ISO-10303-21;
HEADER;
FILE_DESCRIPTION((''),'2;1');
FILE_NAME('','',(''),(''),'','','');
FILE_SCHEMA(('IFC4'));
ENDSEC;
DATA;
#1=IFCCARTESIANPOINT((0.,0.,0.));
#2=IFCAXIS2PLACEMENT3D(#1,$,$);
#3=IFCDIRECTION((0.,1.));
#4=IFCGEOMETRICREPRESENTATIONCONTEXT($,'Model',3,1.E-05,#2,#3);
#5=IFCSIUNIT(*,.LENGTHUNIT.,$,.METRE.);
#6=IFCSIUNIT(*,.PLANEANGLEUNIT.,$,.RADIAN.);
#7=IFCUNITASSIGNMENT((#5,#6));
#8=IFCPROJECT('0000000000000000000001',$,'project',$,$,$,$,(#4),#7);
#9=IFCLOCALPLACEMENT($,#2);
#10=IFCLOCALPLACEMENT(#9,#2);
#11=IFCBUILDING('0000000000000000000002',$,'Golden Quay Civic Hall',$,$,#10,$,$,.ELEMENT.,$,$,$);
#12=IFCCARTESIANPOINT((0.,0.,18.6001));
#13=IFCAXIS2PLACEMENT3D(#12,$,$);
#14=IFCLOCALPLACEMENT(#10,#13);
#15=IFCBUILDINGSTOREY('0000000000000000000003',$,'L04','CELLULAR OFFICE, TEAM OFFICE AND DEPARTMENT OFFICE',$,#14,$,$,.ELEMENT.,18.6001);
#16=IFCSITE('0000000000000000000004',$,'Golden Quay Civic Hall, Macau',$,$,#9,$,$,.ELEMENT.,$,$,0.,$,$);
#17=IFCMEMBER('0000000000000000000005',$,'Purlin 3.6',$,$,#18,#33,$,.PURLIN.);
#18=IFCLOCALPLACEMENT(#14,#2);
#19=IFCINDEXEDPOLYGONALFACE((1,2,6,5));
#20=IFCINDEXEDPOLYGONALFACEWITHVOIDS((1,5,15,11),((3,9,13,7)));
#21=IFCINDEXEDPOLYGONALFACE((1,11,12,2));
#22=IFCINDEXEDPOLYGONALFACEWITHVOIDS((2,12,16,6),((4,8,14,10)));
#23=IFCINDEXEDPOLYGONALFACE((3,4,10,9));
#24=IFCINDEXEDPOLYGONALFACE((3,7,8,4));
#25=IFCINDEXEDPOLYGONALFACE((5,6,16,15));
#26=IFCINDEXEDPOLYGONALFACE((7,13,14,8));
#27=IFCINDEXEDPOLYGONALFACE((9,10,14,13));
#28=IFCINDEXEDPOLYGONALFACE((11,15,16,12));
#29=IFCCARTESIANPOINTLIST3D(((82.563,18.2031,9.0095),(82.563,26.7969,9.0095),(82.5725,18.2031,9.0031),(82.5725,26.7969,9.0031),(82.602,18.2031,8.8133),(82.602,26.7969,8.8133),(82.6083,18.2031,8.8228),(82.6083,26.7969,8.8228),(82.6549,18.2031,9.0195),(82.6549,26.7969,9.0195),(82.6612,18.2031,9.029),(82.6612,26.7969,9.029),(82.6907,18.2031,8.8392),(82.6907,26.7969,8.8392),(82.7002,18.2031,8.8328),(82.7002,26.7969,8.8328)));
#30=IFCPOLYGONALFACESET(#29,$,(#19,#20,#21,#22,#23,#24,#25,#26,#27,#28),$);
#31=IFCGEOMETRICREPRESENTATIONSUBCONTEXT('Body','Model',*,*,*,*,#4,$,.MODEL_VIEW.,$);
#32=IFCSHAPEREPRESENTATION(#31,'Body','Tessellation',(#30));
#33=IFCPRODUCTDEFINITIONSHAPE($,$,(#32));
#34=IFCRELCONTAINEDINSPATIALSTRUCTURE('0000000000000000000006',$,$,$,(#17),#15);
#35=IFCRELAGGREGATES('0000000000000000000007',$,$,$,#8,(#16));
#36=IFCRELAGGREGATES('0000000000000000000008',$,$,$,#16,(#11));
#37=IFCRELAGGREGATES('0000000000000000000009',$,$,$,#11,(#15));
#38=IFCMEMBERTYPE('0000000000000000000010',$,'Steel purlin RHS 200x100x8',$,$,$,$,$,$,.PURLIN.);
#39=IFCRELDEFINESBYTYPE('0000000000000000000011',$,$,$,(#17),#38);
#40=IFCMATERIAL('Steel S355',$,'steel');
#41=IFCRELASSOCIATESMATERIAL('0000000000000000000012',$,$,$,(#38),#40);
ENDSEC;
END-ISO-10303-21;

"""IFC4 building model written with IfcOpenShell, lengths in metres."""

from ifc_helpers import new_model, si_unit, direction, frame, origin, origin_2d, place, context, subcontext, project, spatial, hollow_rectangle, extrude, material, material_profile, profile_set, type_object, element, save


model = new_model("IFC4")

# Units and contexts
model_context = context("Model", 3, precision=1e-05, world=origin(), true_north=direction((0.0, 1.0)))
body_context = subcontext(model_context, "Body", "Model", "MODEL_VIEW")
ifc_project = project(units=[si_unit("LENGTHUNIT", "METRE"), si_unit("PLANEANGLEUNIT", "RADIAN")], contexts=[model_context])

# Site, building, storey
site_placement = place(None, origin())
site = spatial("IfcSite", under=ifc_project, at=site_placement, Name="Golden Quay Civic Hall, Macau", CompositionType="ELEMENT", RefElevation=0.0)
building_placement = place(site_placement, origin())
building = spatial("IfcBuilding", under=site, at=building_placement, Name="Golden Quay Civic Hall", CompositionType="ELEMENT")
storey_placement = place(building_placement, frame((0.0, 0.0, 18.6001)))
storey = spatial("IfcBuildingStorey", under=building, at=storey_placement, Name="L04", Description="CELLULAR OFFICE, TEAM OFFICE AND DEPARTMENT OFFICE", CompositionType="ELEMENT", Elevation=18.6001)

# Member
ifc_material_1 = material(Name="Steel S355", Category="steel")
ifc_material_profile_1 = material_profile(ifc_material_1, hollow_rectangle(XDim=0.1001, YDim=0.2, WallThickness=0.0081, at=origin_2d()), Name="RHS 200x100x8")
ifc_profile_set_1 = profile_set([ifc_material_profile_1], Name="Steel S355")
member_type_1 = type_object("IfcMemberType", Name="Steel purlin RHS 200x100x8", PredefinedType="PURLIN", material=ifc_profile_set_1)
for number, where, z_axis, x_axis, name in (
    (1, (82.6316, 18.2031, 8.9211), (0.0, 1.0, 0.0), (-0.980853, 0.0, -0.194748), "Purlin 3.6"),
):
    element("IfcMember", number, at=place(storey_placement, frame(where, z_axis=z_axis, x_axis=x_axis)), inside=storey, type_object=member_type_1, Name=name, PredefinedType="PURLIN", context=body_context, shape_type="SweptSolid", body=[
        extrude(hollow_rectangle(XDim=0.1001, YDim=0.2, WallThickness=0.0081, at=origin_2d()), origin(), (0.0, 0.0, 1.0), 8.5938),
    ])

save(model, "model.ifc")
